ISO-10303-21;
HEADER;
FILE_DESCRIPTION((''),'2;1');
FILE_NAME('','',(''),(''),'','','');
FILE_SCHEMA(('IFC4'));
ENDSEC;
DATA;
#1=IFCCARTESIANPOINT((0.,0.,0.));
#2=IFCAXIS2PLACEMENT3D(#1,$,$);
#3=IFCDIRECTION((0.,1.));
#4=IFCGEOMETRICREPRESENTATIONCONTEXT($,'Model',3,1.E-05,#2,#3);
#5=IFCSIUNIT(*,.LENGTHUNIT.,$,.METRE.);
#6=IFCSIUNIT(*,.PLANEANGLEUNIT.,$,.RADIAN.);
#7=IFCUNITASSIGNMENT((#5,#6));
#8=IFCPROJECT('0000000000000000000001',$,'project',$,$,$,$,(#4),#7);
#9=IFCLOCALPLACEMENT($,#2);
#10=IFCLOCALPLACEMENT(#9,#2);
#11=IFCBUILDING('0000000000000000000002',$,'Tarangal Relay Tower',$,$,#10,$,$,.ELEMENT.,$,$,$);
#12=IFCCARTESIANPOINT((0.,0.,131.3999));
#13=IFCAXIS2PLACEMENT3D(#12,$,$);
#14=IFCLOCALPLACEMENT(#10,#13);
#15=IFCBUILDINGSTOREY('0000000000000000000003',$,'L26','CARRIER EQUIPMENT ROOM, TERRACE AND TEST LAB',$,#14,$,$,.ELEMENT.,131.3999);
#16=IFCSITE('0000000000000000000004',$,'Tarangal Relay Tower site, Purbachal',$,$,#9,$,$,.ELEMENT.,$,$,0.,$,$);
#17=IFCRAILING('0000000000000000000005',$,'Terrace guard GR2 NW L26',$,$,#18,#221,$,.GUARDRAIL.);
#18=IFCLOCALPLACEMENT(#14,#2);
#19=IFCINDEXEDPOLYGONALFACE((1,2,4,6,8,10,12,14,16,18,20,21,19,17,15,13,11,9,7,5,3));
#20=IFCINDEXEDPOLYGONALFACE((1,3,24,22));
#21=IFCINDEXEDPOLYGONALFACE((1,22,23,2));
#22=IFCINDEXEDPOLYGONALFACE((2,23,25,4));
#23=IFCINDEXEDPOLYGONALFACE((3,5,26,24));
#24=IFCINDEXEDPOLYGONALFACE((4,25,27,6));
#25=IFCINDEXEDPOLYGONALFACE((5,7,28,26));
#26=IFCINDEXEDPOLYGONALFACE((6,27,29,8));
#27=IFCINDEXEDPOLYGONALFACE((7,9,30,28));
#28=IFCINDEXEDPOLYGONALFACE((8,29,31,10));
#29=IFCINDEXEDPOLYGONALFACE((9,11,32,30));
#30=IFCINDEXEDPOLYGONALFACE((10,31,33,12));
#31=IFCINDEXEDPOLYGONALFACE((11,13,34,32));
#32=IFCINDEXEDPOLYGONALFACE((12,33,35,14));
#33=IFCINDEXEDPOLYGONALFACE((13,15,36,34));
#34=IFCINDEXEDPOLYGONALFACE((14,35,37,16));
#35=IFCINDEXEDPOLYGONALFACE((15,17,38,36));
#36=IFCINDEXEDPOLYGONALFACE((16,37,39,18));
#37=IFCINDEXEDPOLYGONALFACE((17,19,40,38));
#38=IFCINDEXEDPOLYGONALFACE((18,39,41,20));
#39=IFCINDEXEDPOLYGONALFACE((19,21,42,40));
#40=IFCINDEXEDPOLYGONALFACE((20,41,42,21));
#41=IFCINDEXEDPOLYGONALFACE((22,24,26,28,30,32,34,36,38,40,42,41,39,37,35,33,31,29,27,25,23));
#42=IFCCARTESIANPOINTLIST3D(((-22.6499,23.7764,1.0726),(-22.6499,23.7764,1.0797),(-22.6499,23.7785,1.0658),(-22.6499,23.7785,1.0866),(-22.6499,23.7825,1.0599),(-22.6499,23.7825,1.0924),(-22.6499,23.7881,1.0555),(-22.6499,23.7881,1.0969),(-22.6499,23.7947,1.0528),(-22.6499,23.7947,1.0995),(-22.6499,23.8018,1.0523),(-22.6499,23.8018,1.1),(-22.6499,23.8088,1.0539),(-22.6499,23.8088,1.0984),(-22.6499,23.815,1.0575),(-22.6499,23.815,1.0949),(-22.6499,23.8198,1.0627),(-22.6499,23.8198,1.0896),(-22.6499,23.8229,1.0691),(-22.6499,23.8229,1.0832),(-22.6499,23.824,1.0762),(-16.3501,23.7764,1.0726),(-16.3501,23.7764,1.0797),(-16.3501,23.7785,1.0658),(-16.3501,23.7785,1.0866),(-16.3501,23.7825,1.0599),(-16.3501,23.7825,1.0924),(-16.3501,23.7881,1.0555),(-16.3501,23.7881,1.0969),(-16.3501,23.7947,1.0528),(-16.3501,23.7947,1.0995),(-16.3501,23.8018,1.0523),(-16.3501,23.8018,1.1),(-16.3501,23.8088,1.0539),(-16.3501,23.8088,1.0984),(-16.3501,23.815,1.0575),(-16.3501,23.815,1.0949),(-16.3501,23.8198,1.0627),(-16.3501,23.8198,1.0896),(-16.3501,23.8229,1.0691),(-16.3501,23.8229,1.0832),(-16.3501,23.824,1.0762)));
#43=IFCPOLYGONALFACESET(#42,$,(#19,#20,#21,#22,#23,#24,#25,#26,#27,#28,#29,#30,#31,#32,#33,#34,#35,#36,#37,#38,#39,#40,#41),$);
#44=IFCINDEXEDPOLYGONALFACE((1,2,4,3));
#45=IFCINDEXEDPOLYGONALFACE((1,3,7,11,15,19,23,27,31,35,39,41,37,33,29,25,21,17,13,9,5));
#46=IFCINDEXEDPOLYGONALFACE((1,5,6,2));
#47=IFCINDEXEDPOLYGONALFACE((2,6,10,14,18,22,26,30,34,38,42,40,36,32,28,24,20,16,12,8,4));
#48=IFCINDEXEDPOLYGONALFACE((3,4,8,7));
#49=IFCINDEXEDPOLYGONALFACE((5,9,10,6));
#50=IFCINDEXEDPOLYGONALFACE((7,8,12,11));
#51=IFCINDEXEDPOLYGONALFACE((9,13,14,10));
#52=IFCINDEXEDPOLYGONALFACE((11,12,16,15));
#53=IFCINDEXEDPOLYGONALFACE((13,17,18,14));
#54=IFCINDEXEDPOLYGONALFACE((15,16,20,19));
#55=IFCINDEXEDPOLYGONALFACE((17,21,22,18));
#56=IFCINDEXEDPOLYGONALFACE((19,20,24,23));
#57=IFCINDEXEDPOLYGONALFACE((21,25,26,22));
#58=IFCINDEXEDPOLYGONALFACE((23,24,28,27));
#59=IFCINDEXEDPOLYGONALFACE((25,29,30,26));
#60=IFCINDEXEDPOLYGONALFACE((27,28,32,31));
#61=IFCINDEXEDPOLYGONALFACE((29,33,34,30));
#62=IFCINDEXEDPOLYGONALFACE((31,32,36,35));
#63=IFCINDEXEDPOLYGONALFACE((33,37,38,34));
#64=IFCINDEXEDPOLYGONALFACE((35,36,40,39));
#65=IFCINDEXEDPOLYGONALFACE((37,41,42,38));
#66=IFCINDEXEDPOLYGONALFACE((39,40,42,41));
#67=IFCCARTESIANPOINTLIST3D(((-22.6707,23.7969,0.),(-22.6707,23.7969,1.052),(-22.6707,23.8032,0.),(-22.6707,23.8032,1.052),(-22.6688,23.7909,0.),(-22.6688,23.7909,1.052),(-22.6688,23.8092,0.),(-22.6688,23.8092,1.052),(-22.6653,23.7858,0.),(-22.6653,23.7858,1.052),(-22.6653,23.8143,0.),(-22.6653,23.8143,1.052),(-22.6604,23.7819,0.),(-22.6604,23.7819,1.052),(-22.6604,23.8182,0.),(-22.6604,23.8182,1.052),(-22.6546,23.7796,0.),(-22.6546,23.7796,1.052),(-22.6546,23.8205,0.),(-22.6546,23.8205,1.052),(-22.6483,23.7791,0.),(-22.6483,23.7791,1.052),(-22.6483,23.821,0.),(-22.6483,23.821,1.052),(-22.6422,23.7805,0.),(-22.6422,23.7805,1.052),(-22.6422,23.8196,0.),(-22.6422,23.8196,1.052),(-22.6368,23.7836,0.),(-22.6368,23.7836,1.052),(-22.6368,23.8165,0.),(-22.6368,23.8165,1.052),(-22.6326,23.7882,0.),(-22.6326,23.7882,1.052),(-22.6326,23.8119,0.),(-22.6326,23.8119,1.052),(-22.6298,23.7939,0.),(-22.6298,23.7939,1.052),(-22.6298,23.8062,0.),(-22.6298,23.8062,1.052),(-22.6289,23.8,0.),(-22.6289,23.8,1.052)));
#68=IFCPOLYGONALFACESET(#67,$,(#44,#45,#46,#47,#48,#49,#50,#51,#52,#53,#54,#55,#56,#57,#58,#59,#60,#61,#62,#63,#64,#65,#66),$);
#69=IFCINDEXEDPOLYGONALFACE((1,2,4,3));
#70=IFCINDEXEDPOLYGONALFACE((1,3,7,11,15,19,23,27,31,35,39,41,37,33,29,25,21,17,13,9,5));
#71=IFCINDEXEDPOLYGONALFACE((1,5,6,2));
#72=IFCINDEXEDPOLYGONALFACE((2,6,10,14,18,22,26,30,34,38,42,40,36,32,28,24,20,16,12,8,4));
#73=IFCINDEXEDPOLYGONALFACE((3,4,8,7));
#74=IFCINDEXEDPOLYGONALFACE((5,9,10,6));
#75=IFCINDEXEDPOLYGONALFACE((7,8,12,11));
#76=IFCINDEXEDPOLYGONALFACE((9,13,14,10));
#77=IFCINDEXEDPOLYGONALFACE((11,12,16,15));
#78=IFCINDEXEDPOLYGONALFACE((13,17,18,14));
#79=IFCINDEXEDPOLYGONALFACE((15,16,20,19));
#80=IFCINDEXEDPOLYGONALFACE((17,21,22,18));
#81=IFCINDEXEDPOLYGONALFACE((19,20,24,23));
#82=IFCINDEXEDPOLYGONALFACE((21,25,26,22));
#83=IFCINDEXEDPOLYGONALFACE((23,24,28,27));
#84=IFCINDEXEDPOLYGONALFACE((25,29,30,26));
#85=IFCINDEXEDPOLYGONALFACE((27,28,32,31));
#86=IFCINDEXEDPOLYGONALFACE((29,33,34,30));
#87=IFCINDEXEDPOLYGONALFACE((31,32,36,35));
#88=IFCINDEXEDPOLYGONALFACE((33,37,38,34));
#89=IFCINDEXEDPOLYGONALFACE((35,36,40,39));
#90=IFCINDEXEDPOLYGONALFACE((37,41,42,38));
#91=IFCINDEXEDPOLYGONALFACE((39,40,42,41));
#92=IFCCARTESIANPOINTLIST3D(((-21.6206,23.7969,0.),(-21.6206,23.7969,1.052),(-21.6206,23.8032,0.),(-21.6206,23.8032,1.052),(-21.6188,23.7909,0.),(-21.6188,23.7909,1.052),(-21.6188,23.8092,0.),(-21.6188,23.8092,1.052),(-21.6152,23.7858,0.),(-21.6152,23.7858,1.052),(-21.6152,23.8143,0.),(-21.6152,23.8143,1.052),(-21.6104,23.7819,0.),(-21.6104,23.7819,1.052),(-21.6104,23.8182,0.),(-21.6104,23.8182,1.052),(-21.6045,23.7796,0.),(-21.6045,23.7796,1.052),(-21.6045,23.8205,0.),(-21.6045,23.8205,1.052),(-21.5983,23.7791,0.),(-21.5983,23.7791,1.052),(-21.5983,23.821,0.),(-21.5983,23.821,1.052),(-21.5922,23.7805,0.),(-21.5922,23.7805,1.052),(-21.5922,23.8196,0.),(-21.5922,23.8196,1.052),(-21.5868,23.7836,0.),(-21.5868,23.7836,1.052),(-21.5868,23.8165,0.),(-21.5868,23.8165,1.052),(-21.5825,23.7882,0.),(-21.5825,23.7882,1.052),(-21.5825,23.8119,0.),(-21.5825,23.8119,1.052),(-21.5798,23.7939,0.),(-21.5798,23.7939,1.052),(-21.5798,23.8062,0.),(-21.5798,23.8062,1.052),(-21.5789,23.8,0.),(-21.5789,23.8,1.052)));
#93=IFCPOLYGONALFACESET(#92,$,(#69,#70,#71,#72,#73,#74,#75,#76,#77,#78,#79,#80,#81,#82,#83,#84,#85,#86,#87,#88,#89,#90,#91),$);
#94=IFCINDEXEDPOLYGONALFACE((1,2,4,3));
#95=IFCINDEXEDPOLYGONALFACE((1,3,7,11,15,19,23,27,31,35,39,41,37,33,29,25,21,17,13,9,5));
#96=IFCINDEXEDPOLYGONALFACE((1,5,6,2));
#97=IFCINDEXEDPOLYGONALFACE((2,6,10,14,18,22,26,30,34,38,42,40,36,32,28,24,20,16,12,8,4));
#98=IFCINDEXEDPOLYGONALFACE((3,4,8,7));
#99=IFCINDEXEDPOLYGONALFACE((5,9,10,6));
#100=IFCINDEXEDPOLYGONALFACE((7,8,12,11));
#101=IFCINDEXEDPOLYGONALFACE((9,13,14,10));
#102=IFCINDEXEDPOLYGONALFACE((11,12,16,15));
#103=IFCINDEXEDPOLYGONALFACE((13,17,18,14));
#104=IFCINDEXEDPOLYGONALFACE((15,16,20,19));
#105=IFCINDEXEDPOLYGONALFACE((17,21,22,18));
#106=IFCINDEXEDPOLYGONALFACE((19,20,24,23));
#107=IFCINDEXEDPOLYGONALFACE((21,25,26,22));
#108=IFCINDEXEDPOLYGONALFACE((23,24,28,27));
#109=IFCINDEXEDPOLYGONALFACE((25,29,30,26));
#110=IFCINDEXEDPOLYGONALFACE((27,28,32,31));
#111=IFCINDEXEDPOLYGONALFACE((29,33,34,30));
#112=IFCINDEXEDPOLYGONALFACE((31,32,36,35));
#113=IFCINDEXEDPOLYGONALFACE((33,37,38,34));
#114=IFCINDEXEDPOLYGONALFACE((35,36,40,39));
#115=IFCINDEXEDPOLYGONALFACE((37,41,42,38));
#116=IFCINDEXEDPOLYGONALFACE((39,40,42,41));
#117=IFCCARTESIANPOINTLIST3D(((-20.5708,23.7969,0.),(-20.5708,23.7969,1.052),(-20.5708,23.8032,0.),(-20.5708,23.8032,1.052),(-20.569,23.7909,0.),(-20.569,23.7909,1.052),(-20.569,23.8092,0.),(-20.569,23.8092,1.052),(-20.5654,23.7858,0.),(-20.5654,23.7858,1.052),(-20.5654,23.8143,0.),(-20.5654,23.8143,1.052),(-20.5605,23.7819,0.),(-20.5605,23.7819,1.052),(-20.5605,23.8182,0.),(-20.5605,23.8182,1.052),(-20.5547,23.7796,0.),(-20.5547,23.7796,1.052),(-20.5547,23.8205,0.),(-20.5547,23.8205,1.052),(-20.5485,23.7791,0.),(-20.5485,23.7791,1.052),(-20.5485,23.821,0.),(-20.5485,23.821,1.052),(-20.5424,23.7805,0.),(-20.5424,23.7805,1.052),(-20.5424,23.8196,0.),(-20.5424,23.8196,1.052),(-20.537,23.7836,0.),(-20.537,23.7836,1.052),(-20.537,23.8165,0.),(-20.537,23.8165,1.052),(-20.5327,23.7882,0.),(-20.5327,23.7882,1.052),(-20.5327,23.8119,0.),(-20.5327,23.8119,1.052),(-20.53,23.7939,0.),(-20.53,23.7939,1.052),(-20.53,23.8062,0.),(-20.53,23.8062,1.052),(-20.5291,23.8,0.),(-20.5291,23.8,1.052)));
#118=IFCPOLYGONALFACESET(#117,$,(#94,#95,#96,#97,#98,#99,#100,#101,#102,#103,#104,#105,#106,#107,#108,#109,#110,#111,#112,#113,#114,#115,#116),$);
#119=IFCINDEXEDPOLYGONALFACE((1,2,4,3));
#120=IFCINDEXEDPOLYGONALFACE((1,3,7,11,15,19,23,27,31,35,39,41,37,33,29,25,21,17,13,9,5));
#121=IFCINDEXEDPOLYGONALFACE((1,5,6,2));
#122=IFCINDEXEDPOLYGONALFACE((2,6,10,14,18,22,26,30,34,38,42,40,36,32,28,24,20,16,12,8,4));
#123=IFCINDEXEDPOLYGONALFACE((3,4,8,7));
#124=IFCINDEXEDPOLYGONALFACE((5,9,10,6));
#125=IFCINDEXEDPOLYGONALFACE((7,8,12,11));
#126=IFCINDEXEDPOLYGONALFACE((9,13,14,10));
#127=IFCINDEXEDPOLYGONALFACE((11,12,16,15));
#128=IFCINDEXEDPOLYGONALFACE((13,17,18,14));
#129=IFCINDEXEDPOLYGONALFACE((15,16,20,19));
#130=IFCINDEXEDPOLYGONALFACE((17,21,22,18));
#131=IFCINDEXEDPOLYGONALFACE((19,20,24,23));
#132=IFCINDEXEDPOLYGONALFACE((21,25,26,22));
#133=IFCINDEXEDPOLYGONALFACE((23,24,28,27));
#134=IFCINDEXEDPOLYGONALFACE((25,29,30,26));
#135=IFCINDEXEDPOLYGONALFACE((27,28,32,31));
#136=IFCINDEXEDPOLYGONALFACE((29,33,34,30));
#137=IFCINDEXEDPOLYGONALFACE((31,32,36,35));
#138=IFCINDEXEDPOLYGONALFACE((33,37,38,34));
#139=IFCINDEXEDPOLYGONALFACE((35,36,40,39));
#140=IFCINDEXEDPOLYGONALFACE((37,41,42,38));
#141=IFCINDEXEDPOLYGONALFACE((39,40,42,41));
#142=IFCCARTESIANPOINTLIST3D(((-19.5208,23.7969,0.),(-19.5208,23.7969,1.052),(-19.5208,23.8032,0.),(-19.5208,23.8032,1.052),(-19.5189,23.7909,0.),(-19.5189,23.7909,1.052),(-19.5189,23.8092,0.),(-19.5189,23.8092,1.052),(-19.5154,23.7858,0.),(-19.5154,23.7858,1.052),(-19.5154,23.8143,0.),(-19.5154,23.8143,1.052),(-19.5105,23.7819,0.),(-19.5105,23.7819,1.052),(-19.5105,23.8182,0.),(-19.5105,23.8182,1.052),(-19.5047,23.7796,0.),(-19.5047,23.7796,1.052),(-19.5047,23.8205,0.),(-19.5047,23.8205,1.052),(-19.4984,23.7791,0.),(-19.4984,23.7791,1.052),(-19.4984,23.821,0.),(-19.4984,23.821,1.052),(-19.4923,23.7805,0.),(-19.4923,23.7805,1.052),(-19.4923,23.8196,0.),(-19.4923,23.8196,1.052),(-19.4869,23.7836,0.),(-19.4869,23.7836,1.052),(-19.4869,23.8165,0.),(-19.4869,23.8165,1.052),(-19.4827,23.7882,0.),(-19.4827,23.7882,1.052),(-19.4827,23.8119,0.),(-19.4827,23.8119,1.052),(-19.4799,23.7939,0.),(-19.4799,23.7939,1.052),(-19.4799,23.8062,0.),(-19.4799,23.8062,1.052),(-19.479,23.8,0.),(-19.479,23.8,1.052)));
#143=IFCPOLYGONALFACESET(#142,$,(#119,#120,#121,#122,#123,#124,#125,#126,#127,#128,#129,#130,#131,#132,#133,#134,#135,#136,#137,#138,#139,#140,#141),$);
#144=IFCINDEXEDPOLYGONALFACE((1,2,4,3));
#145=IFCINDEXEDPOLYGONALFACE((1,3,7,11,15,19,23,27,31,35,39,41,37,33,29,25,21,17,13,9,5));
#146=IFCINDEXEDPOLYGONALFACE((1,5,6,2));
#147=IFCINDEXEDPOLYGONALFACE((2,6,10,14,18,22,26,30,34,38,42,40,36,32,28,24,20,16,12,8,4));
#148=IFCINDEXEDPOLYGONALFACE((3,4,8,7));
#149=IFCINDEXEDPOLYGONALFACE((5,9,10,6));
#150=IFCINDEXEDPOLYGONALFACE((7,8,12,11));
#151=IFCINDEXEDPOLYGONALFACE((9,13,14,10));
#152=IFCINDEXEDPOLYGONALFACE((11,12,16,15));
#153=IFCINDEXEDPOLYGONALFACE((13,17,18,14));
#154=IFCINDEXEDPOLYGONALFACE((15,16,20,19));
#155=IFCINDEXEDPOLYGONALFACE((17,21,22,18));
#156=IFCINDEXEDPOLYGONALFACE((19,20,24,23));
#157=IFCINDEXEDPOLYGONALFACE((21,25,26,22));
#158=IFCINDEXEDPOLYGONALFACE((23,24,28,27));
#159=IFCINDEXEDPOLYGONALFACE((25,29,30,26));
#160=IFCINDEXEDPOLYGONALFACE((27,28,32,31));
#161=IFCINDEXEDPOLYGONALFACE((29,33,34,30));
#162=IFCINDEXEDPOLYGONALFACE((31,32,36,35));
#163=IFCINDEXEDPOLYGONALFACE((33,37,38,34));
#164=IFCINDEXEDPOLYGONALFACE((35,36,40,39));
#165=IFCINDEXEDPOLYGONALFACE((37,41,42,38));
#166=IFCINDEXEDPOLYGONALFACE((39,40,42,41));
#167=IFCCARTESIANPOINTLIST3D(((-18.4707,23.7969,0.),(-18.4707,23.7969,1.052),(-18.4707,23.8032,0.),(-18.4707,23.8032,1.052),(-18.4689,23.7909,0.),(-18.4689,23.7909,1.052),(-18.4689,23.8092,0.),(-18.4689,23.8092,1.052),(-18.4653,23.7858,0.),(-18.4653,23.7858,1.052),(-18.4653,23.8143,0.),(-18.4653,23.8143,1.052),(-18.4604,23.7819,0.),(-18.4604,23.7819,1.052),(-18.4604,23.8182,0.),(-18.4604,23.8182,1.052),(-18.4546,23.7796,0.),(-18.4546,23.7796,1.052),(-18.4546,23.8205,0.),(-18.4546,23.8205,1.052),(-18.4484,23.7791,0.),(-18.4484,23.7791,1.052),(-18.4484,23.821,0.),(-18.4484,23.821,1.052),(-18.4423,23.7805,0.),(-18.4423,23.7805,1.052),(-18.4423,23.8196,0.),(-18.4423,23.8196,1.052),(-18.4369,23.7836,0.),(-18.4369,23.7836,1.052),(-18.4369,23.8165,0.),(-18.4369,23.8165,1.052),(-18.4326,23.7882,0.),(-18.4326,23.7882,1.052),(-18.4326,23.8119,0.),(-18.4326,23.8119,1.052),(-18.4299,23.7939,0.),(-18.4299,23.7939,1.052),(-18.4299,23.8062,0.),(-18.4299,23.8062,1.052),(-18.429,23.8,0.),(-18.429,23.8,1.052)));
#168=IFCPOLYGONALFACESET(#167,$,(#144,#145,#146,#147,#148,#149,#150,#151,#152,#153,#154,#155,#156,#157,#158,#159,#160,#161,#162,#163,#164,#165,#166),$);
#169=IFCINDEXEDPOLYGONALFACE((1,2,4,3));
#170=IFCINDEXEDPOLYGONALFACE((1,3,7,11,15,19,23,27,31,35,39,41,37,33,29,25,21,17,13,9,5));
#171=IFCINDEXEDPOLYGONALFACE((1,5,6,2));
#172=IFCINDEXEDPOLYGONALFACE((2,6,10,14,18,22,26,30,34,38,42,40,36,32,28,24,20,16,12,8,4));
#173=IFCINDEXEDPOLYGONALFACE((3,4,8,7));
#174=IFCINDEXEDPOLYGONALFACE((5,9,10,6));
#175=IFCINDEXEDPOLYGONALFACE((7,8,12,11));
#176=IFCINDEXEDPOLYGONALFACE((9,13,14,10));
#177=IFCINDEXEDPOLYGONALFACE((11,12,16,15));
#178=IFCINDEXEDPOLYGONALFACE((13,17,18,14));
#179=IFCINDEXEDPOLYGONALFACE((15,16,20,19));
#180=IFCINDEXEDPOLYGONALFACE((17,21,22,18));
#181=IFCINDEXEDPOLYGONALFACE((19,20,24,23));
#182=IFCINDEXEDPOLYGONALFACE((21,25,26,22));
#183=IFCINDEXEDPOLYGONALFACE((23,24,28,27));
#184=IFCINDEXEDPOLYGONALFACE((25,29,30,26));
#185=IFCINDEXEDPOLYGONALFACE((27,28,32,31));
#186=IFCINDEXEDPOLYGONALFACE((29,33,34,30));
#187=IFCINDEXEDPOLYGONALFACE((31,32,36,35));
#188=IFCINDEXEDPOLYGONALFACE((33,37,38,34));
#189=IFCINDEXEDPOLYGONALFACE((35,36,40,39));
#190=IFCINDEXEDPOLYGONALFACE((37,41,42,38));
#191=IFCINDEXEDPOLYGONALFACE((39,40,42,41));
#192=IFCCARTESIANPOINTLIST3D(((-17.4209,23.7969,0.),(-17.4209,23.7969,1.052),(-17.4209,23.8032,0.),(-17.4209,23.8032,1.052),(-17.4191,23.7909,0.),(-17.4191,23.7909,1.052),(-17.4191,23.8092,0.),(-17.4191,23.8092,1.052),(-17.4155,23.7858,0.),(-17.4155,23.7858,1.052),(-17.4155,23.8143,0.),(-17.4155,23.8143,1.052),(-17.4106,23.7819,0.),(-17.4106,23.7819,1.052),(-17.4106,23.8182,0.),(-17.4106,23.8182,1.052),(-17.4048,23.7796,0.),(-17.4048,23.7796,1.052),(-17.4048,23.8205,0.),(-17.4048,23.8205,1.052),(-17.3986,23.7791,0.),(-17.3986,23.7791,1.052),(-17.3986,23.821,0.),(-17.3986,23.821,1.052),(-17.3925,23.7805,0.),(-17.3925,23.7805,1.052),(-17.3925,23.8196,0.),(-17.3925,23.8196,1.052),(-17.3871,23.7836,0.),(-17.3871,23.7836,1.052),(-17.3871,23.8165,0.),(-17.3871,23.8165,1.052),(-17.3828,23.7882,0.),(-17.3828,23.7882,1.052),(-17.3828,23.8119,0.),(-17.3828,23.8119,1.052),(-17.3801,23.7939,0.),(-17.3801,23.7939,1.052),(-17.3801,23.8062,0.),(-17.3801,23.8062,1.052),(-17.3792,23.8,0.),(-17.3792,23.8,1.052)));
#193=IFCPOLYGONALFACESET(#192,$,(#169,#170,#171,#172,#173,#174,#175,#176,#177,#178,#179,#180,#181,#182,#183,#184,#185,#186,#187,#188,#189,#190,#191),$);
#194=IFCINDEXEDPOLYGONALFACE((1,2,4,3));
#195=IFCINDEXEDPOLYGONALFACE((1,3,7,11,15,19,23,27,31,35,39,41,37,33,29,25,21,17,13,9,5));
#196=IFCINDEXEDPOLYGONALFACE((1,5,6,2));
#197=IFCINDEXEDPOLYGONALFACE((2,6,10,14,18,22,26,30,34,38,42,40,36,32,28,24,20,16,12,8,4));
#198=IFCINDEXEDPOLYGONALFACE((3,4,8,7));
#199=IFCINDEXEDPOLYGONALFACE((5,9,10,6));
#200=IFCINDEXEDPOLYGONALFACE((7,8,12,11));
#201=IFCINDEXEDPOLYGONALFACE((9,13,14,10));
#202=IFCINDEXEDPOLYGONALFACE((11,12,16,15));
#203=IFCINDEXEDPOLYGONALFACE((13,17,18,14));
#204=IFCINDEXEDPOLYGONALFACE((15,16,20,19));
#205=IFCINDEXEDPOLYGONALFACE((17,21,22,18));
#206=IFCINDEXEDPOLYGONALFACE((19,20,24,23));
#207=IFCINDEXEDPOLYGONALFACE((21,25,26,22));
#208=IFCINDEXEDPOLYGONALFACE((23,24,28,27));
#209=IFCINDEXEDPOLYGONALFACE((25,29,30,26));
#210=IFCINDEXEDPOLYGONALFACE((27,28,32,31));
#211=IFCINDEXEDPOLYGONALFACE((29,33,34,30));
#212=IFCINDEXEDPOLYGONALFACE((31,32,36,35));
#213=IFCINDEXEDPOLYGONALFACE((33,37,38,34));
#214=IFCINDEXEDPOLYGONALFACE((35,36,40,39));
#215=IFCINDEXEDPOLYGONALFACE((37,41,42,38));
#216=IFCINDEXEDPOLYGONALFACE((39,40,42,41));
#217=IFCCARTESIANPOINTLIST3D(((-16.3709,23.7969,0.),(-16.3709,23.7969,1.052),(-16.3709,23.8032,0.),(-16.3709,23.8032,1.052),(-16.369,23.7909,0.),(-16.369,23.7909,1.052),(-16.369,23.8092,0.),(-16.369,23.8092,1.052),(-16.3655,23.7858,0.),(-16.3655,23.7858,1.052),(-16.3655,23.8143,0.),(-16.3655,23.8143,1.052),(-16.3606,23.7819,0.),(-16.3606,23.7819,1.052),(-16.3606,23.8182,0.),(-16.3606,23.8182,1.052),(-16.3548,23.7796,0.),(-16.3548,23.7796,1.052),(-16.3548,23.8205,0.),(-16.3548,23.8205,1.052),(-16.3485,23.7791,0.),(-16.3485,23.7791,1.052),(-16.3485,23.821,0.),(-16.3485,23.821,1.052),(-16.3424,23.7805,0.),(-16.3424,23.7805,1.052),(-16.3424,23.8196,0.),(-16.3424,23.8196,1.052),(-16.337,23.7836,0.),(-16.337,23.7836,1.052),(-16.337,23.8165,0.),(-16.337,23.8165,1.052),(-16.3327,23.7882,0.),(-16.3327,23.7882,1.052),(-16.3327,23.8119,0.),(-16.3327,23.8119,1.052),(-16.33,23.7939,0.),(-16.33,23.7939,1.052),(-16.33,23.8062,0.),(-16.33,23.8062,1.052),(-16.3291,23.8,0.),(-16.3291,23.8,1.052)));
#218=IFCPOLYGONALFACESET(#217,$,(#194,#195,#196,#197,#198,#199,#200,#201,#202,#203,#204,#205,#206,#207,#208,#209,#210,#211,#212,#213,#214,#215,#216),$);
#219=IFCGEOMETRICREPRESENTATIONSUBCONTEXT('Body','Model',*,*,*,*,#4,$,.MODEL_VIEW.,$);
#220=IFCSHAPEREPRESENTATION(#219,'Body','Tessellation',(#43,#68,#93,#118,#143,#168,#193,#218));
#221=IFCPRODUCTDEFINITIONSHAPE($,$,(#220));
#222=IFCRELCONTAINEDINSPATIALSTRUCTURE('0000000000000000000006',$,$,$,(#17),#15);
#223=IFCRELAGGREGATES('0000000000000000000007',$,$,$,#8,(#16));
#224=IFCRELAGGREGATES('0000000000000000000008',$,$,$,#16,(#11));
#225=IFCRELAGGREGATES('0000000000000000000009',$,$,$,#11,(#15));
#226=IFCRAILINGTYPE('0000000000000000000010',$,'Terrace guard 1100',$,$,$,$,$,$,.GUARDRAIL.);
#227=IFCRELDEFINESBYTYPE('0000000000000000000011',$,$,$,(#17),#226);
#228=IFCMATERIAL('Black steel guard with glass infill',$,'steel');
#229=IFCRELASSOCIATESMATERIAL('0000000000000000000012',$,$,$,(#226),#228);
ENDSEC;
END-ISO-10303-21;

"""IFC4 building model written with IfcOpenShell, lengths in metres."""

from ifc_helpers import new_model, si_unit, direction, frame, origin, origin_2d, place, context, subcontext, project, spatial, circle, extrude, material, type_object, element, save


model = new_model("IFC4")

# Units and contexts
model_context = context("Model", 3, precision=1e-05, world=origin(), true_north=direction((0.0, 1.0)))
body_context = subcontext(model_context, "Body", "Model", "MODEL_VIEW")
ifc_project = project(units=[si_unit("LENGTHUNIT", "METRE"), si_unit("PLANEANGLEUNIT", "RADIAN")], contexts=[model_context])

# Site, building, storey
site_placement = place(None, origin())
site = spatial("IfcSite", under=ifc_project, at=site_placement, Name="Tarangal Relay Tower site, Purbachal", CompositionType="ELEMENT", RefElevation=0.0)
building_placement = place(site_placement, origin())
building = spatial("IfcBuilding", under=site, at=building_placement, Name="Tarangal Relay Tower", CompositionType="ELEMENT")
storey_placement = place(building_placement, frame((0.0, 0.0, 131.3999)))
storey = spatial("IfcBuildingStorey", under=building, at=storey_placement, Name="L26", Description="CARRIER EQUIPMENT ROOM, TERRACE AND TEST LAB", CompositionType="ELEMENT", Elevation=131.3999)

# Railing
ifc_material_1 = material(Name="Black steel guard with glass infill", Category="steel")
railing_type = type_object("IfcRailingType", Name="Terrace guard 1100", PredefinedType="GUARDRAIL", material=ifc_material_1)
railing_1_placement = place(storey_placement, frame((-22.6499, 23.8, 0.0)))
element("IfcRailing", 1, at=railing_1_placement, inside=storey, type_object=railing_type, Name="Terrace guard GR2 NW L26", PredefinedType="GUARDRAIL", context=body_context, shape_type="SweptSolid", body=[
    extrude(circle(Radius=0.0239, at=origin_2d()), frame((0.0, 0.0, 1.0762), z_axis=(1.0, 0.0, 0.0), x_axis=(0.0, 1.0, 0.0)), (0.0, 0.0, 1.0), 6.2998),
    extrude(circle(Radius=0.021, at=origin_2d()), origin(), (0.0, 0.0, 1.0), 1.052),
    extrude(circle(Radius=0.021, at=origin_2d()), frame((1.05, 0.0, 0.0)), (0.0, 0.0, 1.0), 1.052),
    extrude(circle(Radius=0.021, at=origin_2d()), frame((2.0999, 0.0, 0.0)), (0.0, 0.0, 1.0), 1.052),
    extrude(circle(Radius=0.021, at=origin_2d()), frame((3.1499, 0.0, 0.0)), (0.0, 0.0, 1.0), 1.052),
    extrude(circle(Radius=0.021, at=origin_2d()), frame((4.2, 0.0, 0.0)), (0.0, 0.0, 1.0), 1.052),
    extrude(circle(Radius=0.021, at=origin_2d()), frame((5.2498, 0.0, 0.0)), (0.0, 0.0, 1.0), 1.052),
    extrude(circle(Radius=0.021, at=origin_2d()), frame((6.2998, 0.0, 0.0)), (0.0, 0.0, 1.0), 1.052),
])

save(model, "model.ifc")
